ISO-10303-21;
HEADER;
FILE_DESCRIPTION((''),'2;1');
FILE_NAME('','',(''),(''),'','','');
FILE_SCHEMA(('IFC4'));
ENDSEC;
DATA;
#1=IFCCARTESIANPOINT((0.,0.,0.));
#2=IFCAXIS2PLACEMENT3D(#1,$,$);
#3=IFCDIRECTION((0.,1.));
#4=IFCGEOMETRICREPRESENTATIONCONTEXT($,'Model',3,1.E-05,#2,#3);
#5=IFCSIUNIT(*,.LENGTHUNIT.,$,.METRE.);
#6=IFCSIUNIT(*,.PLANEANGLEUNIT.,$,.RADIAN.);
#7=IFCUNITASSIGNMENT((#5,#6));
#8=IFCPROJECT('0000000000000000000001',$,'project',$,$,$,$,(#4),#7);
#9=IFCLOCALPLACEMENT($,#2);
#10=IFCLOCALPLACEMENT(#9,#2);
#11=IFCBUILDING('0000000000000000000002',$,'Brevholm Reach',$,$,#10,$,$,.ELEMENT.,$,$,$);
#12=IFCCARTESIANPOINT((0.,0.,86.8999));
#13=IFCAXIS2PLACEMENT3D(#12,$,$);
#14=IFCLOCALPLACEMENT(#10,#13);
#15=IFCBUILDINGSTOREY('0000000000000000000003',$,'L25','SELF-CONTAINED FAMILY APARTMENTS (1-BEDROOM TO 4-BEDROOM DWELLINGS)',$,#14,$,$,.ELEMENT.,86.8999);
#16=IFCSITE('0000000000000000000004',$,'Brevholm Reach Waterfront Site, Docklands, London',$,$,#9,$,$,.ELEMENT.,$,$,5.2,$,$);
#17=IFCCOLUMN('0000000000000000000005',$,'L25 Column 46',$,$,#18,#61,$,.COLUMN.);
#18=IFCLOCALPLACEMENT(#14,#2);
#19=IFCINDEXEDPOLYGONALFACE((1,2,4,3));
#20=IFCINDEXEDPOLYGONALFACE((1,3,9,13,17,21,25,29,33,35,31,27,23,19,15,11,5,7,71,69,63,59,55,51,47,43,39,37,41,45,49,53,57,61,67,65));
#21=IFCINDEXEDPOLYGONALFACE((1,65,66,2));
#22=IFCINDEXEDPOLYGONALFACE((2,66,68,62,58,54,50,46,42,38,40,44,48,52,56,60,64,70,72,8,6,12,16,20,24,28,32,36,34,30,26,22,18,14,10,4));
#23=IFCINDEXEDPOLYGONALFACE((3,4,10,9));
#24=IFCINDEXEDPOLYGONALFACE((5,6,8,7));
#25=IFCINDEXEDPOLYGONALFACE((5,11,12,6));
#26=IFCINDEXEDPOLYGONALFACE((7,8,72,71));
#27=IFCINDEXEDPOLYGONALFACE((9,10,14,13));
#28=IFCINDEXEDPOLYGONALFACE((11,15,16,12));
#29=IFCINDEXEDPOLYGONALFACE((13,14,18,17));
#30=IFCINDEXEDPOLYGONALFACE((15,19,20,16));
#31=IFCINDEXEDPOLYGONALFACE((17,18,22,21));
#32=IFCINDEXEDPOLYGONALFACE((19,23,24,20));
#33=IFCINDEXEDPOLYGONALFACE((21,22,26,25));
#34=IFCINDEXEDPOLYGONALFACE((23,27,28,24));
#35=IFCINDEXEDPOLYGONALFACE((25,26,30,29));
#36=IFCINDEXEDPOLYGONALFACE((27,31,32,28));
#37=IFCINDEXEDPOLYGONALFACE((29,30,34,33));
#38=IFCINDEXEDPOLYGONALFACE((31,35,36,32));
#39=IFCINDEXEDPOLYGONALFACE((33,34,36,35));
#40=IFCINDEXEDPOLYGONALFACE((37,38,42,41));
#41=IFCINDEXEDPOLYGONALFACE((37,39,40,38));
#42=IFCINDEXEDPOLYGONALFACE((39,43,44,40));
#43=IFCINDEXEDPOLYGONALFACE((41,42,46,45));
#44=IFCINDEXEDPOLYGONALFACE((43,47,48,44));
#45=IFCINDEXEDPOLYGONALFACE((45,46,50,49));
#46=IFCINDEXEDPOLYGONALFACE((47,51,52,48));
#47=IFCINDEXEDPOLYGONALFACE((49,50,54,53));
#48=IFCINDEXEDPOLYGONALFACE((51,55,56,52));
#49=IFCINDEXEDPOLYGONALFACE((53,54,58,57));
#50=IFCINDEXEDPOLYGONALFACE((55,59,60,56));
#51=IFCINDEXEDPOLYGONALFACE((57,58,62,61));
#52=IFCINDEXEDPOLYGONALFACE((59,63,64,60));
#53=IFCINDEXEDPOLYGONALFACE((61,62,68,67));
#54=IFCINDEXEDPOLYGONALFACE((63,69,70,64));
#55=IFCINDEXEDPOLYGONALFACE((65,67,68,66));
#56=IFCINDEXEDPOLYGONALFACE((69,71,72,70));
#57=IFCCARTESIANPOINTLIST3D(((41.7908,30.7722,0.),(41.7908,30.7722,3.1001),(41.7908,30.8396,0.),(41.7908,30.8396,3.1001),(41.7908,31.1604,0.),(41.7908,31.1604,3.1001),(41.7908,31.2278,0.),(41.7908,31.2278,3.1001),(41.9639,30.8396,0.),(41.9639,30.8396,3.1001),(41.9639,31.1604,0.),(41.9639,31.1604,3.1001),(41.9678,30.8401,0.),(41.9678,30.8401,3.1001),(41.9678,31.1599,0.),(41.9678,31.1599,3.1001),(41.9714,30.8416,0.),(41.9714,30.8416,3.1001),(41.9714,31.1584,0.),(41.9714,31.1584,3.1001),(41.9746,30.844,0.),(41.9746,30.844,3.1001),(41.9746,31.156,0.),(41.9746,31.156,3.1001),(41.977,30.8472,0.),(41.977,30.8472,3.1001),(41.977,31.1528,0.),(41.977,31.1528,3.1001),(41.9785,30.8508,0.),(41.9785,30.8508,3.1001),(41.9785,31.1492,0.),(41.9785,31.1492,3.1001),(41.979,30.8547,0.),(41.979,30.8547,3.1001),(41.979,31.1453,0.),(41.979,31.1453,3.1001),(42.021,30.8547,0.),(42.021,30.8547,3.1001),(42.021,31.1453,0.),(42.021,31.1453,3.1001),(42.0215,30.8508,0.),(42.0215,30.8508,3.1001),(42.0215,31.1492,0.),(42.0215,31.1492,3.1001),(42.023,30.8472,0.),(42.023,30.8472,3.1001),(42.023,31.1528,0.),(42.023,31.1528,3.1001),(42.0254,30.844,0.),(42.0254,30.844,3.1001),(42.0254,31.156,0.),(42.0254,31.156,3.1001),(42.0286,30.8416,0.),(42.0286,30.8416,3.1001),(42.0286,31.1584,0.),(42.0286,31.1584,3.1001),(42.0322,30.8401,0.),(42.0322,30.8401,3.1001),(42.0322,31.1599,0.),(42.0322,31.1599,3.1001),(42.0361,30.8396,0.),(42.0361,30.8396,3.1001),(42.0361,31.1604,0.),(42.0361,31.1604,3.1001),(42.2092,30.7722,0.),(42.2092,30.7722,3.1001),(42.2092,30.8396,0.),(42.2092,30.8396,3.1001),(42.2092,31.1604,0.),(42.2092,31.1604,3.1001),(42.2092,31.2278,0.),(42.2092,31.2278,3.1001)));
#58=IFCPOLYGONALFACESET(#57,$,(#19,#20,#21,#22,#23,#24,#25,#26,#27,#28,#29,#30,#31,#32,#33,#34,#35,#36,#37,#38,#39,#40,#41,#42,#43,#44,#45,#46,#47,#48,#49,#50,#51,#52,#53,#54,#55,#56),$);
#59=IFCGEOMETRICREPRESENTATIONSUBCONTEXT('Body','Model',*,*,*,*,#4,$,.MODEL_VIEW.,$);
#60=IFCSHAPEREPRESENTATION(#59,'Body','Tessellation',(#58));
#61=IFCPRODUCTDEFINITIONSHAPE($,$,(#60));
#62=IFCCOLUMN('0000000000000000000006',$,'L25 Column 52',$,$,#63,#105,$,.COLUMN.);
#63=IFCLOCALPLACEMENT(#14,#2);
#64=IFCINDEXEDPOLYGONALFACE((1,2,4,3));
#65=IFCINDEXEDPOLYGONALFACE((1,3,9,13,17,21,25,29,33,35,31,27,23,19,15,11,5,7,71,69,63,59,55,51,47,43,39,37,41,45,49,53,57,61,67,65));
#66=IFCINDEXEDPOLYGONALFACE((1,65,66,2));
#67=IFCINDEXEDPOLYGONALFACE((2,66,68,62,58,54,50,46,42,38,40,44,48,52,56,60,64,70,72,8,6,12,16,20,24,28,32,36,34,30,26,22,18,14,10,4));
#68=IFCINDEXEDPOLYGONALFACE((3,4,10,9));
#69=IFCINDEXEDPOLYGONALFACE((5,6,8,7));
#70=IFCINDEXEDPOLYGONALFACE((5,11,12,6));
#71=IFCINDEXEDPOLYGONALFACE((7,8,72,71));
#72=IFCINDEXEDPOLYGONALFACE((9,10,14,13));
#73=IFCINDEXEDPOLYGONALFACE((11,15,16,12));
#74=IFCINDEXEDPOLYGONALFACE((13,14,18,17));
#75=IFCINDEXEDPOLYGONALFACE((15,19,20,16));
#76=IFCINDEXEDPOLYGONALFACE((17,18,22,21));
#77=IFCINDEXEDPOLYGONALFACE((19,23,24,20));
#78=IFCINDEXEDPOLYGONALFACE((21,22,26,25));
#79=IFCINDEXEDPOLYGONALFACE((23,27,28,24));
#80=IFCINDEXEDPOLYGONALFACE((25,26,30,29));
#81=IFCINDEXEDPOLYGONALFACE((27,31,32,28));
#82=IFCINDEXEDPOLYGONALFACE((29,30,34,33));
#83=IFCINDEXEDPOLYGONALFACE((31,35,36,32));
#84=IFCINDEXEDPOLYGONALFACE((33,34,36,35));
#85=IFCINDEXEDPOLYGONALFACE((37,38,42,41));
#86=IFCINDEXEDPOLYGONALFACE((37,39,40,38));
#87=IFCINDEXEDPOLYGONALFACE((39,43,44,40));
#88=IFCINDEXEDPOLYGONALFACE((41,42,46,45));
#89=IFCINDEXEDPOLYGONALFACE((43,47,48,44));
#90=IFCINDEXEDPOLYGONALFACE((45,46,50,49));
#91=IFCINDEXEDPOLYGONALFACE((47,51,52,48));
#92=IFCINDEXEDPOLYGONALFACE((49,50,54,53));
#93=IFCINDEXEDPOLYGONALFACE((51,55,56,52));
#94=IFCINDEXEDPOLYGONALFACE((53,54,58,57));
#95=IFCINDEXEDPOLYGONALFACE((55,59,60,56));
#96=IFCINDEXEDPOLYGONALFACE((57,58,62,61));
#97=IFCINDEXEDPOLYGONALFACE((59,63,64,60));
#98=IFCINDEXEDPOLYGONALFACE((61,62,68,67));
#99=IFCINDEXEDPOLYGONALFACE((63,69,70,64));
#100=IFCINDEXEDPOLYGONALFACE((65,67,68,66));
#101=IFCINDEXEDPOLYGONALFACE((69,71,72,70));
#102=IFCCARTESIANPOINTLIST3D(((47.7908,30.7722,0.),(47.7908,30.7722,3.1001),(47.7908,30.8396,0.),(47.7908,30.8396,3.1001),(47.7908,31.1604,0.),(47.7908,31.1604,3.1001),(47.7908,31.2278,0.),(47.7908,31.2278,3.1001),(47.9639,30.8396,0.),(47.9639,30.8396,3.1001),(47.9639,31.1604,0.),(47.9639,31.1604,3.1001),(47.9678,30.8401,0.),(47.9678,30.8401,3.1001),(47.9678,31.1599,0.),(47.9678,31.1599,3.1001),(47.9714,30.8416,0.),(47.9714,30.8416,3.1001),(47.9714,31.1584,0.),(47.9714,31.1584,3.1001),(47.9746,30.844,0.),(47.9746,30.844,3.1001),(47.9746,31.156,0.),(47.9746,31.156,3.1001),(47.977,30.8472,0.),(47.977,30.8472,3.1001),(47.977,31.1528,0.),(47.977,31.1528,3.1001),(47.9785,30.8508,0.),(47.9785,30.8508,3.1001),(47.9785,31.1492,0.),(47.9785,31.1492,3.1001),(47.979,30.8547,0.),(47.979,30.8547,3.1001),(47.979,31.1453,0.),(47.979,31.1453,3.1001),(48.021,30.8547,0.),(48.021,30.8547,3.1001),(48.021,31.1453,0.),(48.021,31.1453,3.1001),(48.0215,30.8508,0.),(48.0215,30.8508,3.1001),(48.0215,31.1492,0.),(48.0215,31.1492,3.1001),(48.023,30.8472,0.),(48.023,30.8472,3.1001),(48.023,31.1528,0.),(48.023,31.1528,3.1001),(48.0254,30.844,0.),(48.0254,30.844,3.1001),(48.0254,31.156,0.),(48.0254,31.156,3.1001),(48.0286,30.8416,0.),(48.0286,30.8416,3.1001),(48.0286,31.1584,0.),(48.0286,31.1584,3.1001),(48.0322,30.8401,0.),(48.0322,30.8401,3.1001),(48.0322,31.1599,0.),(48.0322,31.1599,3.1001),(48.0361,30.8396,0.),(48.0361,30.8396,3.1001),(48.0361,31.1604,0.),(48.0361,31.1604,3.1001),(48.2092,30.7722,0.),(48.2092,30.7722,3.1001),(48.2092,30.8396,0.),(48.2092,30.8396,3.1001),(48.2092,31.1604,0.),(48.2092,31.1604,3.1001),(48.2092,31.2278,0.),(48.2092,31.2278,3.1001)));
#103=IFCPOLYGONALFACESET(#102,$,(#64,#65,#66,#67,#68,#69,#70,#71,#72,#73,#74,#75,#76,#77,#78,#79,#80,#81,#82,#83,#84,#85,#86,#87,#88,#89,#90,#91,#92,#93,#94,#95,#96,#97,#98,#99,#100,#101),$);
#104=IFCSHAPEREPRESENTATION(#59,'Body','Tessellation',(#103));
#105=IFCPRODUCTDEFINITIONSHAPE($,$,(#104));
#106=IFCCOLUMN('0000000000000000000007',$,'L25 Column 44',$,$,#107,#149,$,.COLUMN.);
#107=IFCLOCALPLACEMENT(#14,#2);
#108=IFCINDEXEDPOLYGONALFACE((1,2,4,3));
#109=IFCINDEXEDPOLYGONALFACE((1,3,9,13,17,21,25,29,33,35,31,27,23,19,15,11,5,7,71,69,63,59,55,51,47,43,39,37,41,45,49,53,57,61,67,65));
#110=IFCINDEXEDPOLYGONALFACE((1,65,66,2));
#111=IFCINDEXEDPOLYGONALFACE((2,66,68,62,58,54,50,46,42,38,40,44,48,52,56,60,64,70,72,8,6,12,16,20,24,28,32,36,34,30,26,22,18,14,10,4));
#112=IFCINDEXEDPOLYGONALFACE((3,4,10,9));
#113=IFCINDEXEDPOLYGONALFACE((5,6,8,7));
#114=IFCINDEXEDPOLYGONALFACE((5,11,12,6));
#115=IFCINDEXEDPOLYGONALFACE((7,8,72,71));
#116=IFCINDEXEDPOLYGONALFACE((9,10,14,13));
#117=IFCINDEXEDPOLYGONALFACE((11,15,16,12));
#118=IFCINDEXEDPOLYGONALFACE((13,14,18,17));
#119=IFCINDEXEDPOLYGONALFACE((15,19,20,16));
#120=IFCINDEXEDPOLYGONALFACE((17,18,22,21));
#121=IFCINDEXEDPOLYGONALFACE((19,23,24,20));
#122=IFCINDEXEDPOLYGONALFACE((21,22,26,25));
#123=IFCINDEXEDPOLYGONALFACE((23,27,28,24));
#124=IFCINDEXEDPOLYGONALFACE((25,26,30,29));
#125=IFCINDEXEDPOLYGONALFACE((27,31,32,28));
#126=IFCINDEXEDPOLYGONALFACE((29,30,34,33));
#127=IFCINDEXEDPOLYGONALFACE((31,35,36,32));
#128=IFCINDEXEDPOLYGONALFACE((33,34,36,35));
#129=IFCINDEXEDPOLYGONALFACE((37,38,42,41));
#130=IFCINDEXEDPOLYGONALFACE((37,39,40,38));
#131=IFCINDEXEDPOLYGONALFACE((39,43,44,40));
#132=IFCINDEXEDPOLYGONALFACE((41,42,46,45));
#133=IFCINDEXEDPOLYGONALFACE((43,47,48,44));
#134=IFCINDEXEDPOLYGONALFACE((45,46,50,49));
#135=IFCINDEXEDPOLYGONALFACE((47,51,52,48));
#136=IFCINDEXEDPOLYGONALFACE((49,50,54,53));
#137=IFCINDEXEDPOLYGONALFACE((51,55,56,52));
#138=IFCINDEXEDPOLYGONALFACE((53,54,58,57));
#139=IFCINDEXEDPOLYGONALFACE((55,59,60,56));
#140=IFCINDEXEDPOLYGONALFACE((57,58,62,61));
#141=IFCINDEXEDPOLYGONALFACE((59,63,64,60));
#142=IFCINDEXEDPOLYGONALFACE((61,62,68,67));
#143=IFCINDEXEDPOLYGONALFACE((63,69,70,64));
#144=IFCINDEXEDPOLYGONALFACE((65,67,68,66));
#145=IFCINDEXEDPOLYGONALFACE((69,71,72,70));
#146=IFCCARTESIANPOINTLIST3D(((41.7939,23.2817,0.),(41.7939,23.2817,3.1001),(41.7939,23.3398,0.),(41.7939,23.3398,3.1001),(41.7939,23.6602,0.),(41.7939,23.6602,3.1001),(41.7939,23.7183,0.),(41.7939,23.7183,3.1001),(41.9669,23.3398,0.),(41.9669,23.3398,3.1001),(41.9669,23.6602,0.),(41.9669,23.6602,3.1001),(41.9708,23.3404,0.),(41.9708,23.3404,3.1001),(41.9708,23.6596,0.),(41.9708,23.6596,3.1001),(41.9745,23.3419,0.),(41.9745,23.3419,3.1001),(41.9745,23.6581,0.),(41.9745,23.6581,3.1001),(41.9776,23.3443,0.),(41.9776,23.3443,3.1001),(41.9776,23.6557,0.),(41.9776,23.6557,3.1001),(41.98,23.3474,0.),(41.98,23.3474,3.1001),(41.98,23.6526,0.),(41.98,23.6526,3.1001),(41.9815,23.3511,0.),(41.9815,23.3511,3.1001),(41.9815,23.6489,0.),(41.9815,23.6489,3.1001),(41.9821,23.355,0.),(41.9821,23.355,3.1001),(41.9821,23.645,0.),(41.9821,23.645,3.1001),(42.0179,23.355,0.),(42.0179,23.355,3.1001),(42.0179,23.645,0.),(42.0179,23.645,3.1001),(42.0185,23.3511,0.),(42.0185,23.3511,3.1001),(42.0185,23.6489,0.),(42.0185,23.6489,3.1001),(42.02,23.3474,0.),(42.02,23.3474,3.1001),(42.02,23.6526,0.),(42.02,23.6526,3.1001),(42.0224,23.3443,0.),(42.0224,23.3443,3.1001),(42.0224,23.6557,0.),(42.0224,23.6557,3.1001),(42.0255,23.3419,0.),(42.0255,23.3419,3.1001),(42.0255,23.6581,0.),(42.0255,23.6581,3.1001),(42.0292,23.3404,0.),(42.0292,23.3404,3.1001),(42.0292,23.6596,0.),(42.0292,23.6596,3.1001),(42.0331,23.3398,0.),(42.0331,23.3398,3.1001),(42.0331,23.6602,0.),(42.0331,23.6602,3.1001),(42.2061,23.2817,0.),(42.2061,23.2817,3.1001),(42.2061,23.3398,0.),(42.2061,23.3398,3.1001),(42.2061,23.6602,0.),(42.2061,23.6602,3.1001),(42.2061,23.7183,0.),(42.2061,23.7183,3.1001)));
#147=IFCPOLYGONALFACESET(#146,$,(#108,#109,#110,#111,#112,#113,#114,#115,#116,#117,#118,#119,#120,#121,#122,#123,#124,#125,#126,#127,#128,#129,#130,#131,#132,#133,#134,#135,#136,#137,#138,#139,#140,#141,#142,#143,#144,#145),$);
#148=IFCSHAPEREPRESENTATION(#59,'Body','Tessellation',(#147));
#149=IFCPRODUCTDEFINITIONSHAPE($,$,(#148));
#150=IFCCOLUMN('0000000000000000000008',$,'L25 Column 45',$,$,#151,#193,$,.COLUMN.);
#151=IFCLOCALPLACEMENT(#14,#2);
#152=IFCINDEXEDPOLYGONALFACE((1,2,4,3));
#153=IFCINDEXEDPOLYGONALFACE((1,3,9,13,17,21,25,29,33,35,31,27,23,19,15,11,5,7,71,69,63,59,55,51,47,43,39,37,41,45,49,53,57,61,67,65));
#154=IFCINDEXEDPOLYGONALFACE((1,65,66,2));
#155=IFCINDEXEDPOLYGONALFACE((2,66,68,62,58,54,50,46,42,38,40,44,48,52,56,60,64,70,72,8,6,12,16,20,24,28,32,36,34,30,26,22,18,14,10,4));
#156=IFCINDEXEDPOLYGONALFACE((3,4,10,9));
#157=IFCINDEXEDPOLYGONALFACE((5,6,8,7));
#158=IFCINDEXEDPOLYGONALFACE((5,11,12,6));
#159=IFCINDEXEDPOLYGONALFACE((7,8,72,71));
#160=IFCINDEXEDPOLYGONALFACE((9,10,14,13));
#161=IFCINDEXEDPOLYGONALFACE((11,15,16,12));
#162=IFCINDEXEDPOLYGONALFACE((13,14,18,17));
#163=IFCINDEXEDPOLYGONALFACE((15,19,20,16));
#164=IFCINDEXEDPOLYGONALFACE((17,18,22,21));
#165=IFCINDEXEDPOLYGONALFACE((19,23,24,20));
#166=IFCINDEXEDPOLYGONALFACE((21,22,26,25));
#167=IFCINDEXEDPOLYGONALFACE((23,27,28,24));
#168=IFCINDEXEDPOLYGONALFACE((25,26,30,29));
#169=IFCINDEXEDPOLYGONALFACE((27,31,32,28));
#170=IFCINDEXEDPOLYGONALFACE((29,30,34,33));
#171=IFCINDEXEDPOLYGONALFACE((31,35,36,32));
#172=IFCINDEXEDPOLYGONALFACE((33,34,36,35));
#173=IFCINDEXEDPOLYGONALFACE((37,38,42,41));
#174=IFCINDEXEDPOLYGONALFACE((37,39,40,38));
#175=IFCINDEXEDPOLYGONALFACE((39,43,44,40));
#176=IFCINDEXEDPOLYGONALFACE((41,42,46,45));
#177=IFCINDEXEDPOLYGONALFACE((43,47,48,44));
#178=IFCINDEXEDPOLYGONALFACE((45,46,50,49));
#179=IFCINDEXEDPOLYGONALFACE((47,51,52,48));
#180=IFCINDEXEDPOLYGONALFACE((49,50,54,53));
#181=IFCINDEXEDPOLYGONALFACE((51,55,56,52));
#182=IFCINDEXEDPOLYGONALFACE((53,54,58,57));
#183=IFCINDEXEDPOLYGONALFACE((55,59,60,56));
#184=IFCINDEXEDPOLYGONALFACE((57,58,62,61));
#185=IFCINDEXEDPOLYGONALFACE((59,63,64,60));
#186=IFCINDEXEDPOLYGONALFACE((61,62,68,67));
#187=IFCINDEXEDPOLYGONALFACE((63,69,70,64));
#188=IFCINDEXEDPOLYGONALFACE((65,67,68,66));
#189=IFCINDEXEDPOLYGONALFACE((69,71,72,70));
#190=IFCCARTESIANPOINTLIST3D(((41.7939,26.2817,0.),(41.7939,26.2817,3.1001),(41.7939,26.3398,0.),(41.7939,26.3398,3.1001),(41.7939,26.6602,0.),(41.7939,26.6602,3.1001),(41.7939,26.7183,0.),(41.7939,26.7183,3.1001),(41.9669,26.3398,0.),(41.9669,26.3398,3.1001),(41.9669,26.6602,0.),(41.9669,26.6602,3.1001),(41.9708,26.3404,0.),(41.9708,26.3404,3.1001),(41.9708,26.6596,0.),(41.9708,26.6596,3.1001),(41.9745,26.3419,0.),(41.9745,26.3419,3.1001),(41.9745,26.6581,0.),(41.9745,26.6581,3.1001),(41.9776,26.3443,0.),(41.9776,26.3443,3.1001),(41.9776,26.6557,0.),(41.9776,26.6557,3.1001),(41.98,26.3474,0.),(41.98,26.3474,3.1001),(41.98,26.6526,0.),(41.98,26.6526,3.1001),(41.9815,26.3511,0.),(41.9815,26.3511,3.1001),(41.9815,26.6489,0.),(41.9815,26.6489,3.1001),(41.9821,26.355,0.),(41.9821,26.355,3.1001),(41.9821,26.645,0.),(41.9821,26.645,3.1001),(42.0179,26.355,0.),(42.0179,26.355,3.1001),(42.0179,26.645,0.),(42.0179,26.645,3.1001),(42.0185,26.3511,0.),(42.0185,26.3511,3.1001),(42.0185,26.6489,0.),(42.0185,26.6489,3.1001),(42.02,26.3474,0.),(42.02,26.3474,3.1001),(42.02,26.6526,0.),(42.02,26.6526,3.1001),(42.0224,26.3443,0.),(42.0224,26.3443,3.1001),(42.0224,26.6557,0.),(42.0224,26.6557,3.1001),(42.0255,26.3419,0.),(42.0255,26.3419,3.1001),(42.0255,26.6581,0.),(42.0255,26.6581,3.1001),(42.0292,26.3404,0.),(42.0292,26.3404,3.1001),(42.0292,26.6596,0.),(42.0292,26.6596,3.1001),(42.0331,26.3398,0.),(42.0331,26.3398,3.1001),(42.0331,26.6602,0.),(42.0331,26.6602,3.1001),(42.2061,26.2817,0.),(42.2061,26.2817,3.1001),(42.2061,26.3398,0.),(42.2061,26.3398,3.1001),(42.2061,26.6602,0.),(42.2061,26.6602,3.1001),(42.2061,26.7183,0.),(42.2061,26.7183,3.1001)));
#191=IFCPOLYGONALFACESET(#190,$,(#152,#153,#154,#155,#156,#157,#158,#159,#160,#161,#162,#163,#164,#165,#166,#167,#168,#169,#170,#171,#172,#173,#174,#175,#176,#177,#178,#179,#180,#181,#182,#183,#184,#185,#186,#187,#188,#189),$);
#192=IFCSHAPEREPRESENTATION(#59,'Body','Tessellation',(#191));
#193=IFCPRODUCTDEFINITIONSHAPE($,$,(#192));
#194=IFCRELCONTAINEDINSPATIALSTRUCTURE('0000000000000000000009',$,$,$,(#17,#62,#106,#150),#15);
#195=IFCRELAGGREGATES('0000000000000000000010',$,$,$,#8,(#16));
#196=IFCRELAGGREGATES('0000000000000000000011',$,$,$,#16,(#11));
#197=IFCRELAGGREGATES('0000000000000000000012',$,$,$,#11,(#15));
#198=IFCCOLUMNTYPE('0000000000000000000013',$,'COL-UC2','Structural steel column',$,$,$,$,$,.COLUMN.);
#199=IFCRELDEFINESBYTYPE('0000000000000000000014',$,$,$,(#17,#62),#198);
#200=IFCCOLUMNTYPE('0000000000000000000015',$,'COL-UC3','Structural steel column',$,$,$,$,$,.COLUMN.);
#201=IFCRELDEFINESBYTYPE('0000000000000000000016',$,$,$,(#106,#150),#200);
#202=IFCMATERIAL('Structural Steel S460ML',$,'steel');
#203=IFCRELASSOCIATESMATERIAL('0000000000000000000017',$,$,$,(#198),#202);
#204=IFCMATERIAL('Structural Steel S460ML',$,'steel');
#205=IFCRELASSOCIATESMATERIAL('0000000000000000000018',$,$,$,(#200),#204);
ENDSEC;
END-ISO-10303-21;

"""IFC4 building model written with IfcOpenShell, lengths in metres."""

from ifc_helpers import new_model, si_unit, direction, frame, origin, origin_2d, place, context, subcontext, project, spatial, i_section, extrude, material, material_profile, profile_set, type_object, element, save


model = new_model("IFC4")

# Units and contexts
model_context = context("Model", 3, precision=1e-05, world=origin(), true_north=direction((0.0, 1.0)))
body_context = subcontext(model_context, "Body", "Model", "MODEL_VIEW")
ifc_project = project(units=[si_unit("LENGTHUNIT", "METRE"), si_unit("PLANEANGLEUNIT", "RADIAN")], contexts=[model_context])

# Site, building, storey
site_placement = place(None, origin())
site = spatial("IfcSite", under=ifc_project, at=site_placement, Name="Brevholm Reach Waterfront Site, Docklands, London", CompositionType="ELEMENT", RefElevation=5.2)
building_placement = place(site_placement, origin())
building = spatial("IfcBuilding", under=site, at=building_placement, Name="Brevholm Reach", CompositionType="ELEMENT")
storey_placement = place(building_placement, frame((0.0, 0.0, 86.8999)))
storey = spatial("IfcBuildingStorey", under=building, at=storey_placement, Name="L25", Description="SELF-CONTAINED FAMILY APARTMENTS (1-BEDROOM TO 4-BEDROOM DWELLINGS)", CompositionType="ELEMENT", Elevation=86.8999)

# Columns
ifc_material_1 = material(Name="Structural Steel S460ML", Category="steel")
ifc_material_profile_1 = material_profile(ifc_material_1, i_section(OverallWidth=0.4185, OverallDepth=0.4556, WebThickness=0.042, FlangeThickness=0.0674, FilletRadius=0.0151, at=origin_2d()), Name="UKC 356x406x551")
ifc_profile_set_1 = profile_set([ifc_material_profile_1], Name="Structural Steel S460ML")
column_type_1 = type_object("IfcColumnType", Name="COL-UC2", Description="Structural steel column", PredefinedType="COLUMN", material=ifc_profile_set_1)
for number, where, z_axis, x_axis, name in (
    (1, (42.0, 31.0, 0.0), (0.0, 0.0, 1.0), (1.0, 0.0, 0.0), "L25 Column 46"),
    (2, (48.0, 31.0, 0.0), (0.0, 0.0, 1.0), (1.0, 0.0, 0.0), "L25 Column 52"),
):
    element("IfcColumn", number, at=place(storey_placement, frame(where, z_axis=z_axis, x_axis=x_axis)), inside=storey, type_object=column_type_1, Name=name, PredefinedType="COLUMN", context=body_context, shape_type="SweptSolid", body=[
        extrude(i_section(OverallWidth=0.4185, OverallDepth=0.4556, WebThickness=0.042, FlangeThickness=0.0674, FilletRadius=0.0151, at=origin_2d()), origin(), (0.0, 0.0, 1.0), 3.1001),
    ])
ifc_material_2 = material(Name="Structural Steel S460ML", Category="steel")
ifc_material_profile_2 = material_profile(ifc_material_2, i_section(OverallWidth=0.4121, OverallDepth=0.4365, WebThickness=0.0359, FlangeThickness=0.0581, FilletRadius=0.0151, at=origin_2d()), Name="UKC 356x406x467")
ifc_profile_set_2 = profile_set([ifc_material_profile_2], Name="Structural Steel S460ML")
column_type_2 = type_object("IfcColumnType", Name="COL-UC3", Description="Structural steel column", PredefinedType="COLUMN", material=ifc_profile_set_2)
for number, where, z_axis, x_axis, name in (
    (3, (42.0, 23.5, 0.0), (0.0, 0.0, 1.0), (1.0, 0.0, 0.0), "L25 Column 44"),
    (4, (42.0, 26.5, 0.0), (0.0, 0.0, 1.0), (1.0, 0.0, 0.0), "L25 Column 45"),
):
    element("IfcColumn", number, at=place(storey_placement, frame(where, z_axis=z_axis, x_axis=x_axis)), inside=storey, type_object=column_type_2, Name=name, PredefinedType="COLUMN", context=body_context, shape_type="SweptSolid", body=[
        extrude(i_section(OverallWidth=0.4121, OverallDepth=0.4365, WebThickness=0.0359, FlangeThickness=0.0581, FilletRadius=0.0151, at=origin_2d()), origin(), (0.0, 0.0, 1.0), 3.1001),
    ])

save(model, "model.ifc")
